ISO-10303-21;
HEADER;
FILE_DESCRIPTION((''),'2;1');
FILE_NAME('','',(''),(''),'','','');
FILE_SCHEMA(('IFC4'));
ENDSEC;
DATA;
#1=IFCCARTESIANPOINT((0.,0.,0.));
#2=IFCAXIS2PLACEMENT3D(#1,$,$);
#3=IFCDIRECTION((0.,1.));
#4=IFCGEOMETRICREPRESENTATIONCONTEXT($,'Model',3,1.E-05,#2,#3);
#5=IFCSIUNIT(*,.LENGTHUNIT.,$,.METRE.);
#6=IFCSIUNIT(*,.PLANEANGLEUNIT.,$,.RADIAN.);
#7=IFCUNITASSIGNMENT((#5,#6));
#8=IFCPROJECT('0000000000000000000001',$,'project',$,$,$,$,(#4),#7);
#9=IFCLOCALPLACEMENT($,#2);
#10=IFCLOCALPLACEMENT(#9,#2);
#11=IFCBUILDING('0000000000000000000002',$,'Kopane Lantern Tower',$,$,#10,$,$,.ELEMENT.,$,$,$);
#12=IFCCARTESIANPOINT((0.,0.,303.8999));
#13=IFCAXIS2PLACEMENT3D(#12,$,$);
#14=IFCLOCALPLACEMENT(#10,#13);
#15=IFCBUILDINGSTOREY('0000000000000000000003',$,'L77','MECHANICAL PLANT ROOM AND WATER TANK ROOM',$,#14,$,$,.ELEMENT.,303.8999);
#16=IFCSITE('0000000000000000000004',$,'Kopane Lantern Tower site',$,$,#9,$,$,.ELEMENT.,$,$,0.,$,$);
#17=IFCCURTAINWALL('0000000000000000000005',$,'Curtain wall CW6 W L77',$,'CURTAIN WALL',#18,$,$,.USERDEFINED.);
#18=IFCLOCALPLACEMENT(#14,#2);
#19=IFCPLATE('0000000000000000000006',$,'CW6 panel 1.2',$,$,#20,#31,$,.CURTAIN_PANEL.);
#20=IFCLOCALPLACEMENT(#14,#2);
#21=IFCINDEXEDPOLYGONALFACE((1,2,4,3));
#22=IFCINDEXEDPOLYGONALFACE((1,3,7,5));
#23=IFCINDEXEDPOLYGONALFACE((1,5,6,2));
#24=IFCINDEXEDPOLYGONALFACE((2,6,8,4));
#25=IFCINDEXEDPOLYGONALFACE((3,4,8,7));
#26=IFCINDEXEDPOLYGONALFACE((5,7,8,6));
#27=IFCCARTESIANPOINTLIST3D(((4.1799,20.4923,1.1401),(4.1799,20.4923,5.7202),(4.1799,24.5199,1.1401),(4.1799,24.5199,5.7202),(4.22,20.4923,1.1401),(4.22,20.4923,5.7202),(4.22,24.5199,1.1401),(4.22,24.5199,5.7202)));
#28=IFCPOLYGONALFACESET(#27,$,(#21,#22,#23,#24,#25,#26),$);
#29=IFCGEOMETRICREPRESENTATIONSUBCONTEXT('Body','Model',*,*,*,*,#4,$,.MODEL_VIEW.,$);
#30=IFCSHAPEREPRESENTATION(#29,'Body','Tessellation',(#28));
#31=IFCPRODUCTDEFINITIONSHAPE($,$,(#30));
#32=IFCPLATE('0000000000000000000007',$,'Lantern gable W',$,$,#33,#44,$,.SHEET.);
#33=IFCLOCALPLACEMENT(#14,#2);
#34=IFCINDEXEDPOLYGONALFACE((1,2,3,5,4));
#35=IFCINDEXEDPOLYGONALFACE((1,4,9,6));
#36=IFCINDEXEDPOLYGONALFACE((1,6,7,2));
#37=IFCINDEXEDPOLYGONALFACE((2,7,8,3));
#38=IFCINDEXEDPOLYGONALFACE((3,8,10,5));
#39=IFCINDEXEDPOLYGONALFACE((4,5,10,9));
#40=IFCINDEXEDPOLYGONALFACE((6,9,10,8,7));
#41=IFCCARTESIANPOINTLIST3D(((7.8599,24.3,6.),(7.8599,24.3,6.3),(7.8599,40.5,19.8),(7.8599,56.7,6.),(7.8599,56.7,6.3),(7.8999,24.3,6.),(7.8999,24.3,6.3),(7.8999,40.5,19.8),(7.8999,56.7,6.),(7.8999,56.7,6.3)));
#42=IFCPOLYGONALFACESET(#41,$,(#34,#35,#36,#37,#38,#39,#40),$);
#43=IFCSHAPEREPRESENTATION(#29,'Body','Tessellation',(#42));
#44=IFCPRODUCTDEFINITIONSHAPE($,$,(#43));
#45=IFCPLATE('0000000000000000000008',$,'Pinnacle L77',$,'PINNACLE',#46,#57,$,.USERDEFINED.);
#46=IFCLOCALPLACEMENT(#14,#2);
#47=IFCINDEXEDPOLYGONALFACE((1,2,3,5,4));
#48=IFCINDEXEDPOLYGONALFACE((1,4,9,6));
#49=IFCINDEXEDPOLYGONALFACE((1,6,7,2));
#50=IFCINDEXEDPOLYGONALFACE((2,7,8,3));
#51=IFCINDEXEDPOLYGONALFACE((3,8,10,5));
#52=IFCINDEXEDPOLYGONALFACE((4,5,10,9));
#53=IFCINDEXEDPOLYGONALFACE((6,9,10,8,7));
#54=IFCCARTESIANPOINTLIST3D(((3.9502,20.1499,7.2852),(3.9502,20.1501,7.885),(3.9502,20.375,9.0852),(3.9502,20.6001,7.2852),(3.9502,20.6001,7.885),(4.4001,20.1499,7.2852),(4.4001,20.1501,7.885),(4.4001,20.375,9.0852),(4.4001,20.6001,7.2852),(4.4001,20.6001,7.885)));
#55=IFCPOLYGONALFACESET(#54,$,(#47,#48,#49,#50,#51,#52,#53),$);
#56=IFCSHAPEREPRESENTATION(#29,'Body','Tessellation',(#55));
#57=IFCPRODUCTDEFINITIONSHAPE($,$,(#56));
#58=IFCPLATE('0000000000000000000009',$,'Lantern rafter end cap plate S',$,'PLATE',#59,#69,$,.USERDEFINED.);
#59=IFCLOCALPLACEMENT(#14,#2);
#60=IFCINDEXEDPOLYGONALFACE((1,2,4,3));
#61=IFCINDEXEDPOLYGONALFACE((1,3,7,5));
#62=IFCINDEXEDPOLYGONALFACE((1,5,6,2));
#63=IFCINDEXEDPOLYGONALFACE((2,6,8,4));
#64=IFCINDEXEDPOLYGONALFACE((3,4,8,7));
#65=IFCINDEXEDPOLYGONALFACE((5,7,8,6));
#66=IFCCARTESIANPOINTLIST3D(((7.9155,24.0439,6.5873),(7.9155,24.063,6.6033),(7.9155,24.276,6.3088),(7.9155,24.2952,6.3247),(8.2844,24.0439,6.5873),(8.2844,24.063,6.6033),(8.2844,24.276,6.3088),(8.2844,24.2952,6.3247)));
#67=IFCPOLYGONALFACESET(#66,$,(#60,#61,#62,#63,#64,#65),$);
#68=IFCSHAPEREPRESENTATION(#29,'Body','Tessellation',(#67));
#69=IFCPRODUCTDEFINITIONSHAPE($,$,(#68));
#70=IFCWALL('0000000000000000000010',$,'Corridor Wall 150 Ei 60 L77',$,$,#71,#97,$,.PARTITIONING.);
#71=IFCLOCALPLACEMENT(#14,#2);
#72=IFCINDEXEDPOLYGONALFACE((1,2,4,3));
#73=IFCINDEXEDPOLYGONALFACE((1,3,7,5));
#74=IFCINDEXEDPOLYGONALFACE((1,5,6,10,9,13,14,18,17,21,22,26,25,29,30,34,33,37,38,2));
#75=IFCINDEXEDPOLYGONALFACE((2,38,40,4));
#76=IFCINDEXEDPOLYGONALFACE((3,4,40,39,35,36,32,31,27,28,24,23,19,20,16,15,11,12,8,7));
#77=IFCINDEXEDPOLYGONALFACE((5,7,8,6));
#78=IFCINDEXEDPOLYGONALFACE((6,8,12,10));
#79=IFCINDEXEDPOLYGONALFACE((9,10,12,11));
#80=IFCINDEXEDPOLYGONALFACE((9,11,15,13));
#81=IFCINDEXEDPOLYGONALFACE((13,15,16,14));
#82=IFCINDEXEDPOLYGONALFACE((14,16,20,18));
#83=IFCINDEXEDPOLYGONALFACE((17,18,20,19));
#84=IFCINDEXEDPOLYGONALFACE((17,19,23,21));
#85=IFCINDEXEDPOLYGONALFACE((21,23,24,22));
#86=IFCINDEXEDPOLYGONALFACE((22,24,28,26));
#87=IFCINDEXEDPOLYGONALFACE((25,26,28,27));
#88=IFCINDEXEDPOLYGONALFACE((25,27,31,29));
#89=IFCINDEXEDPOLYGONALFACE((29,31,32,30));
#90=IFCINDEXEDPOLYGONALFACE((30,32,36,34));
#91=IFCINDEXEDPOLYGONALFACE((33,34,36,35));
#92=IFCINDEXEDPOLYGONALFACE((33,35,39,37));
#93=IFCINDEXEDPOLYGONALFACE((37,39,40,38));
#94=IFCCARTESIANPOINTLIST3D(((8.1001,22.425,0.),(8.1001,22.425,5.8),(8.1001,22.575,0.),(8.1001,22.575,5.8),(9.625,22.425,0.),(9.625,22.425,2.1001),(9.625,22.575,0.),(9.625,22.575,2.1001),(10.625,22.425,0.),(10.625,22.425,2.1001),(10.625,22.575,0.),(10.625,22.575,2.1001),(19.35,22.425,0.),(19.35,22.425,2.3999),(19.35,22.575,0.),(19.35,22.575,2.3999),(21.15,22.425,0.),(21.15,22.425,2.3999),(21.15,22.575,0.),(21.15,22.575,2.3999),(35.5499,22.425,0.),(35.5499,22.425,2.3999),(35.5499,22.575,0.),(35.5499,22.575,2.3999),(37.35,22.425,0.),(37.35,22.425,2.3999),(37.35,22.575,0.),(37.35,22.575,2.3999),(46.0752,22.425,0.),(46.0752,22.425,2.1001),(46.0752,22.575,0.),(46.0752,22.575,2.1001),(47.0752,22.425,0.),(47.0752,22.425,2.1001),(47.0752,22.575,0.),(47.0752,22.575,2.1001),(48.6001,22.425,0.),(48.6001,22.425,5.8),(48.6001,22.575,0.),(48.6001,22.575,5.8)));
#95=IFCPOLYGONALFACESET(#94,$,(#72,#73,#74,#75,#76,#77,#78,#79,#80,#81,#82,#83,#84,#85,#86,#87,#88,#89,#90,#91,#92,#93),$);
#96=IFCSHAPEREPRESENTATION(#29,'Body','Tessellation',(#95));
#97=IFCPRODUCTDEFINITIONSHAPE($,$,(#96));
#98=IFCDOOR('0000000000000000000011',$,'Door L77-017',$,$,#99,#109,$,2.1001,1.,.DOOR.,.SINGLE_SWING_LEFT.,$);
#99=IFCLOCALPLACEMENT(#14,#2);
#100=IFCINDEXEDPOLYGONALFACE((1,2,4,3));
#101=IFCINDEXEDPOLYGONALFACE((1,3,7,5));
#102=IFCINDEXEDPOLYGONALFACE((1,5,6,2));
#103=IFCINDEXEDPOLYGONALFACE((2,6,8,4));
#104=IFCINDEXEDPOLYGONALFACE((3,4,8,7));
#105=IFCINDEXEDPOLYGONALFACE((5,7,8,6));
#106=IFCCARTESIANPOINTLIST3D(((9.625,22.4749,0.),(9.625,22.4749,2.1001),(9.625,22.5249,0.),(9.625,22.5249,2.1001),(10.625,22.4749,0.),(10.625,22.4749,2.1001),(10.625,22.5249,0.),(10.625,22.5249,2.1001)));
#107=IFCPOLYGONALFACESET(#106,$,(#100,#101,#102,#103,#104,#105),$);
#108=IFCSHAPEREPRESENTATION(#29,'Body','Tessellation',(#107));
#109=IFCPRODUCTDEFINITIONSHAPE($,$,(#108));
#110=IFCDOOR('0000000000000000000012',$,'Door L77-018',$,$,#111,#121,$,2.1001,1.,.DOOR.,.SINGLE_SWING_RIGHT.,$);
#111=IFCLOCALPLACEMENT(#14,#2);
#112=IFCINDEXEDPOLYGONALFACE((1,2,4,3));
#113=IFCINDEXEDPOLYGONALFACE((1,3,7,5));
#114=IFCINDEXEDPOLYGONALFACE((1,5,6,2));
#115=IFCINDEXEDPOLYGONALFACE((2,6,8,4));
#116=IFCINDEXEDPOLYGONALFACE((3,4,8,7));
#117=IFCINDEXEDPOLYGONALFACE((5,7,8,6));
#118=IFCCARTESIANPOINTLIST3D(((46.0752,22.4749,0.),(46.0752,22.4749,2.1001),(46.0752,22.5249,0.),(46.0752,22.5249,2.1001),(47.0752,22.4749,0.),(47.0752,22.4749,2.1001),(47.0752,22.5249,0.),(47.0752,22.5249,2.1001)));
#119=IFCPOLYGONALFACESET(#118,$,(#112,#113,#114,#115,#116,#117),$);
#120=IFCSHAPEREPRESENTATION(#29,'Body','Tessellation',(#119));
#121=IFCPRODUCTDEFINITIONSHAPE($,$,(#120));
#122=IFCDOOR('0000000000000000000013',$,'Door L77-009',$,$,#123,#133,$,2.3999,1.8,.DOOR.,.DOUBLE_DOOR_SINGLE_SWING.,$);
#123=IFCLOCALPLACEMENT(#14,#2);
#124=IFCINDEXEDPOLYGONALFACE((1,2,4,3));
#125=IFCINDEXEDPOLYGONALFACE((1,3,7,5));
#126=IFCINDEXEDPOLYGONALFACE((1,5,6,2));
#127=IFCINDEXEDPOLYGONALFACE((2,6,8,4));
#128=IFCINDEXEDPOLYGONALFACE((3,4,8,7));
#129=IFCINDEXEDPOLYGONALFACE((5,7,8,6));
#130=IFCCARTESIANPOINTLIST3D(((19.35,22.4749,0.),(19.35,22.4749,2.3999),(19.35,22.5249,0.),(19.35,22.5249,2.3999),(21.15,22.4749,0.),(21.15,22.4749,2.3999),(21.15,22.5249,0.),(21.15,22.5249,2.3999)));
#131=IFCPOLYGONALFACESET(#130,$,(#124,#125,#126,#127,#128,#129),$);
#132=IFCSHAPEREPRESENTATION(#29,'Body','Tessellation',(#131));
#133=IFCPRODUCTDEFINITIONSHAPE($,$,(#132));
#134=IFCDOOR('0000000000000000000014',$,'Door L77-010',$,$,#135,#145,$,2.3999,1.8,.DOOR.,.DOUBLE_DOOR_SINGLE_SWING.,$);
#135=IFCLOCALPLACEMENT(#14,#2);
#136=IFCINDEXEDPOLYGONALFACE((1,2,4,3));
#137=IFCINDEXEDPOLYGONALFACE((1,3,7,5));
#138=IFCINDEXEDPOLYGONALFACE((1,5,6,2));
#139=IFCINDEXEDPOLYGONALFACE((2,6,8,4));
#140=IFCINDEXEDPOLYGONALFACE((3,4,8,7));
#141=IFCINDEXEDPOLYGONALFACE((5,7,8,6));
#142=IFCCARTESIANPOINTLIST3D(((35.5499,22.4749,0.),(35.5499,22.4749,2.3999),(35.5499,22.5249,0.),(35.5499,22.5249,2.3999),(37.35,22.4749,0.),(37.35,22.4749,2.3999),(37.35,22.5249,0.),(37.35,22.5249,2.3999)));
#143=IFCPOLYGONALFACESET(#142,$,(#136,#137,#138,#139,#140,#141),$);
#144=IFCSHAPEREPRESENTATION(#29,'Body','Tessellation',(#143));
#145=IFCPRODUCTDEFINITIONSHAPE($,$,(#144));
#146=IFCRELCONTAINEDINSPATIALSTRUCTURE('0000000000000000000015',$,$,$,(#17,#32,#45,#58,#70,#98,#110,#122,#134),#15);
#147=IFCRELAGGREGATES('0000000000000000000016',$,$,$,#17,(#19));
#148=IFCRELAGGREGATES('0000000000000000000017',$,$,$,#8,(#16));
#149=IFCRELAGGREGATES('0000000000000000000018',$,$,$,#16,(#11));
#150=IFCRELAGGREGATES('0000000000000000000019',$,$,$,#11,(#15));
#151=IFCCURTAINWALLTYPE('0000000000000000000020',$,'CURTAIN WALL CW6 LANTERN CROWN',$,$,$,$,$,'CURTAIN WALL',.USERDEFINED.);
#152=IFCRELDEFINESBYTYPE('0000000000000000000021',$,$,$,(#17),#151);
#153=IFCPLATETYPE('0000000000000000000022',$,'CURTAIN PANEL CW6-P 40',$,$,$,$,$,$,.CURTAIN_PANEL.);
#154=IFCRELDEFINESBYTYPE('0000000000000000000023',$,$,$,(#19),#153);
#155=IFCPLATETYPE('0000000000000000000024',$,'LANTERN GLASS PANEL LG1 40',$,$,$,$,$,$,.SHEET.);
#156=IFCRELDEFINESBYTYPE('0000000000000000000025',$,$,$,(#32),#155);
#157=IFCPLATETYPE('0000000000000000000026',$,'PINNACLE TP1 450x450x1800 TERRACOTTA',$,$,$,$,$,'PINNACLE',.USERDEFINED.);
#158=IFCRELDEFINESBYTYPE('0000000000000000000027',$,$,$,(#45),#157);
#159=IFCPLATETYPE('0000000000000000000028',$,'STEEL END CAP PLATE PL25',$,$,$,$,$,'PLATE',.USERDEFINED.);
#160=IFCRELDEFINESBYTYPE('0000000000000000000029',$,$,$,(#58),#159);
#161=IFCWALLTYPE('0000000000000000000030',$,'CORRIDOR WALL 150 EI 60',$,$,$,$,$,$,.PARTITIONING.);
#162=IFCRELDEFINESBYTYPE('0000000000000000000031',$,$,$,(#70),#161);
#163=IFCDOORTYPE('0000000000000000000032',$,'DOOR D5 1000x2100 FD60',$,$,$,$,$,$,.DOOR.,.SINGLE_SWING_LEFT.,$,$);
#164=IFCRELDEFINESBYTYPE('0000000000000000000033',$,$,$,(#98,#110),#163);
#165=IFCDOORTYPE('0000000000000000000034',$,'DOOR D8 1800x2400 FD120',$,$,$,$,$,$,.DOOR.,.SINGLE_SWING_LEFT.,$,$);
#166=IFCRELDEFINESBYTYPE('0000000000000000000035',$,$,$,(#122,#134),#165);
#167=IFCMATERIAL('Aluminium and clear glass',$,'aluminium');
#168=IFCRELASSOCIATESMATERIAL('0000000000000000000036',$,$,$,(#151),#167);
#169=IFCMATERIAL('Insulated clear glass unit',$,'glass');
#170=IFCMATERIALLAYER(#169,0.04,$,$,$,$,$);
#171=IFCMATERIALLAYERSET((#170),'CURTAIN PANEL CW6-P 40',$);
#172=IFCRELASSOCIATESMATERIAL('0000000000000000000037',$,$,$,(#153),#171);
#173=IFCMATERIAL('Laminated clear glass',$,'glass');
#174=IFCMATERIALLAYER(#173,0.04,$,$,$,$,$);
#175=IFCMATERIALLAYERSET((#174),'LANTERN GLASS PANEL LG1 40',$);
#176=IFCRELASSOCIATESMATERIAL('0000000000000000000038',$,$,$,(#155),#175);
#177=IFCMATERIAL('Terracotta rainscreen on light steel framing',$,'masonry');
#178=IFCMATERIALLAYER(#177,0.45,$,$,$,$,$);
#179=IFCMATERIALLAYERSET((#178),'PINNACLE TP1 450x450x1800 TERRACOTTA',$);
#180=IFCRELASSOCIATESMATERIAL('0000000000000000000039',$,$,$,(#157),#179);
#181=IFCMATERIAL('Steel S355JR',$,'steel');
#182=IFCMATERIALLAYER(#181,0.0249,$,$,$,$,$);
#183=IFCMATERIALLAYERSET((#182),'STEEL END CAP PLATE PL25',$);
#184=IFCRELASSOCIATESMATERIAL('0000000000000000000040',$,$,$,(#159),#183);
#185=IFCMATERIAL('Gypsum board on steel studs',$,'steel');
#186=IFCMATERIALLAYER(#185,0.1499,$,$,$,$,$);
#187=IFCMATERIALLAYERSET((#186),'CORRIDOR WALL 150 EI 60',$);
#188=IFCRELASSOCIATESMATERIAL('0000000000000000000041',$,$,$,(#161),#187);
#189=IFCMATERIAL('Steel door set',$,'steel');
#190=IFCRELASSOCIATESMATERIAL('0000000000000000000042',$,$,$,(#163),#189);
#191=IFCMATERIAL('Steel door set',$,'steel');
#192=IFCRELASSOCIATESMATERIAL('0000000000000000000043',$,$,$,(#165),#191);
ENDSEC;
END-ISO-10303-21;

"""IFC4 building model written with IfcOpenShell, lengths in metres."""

from ifc_helpers import new_model, si_unit, direction, frame, frame_2d, origin, origin_2d, place, context, subcontext, project, spatial, polyline, rectangle, outline, extrude, material, layer, layer_set, type_object, element, fill, aggregate, save


model = new_model("IFC4")

# Units and contexts
model_context = context("Model", 3, precision=1e-05, world=origin(), true_north=direction((0.0, 1.0)))
body_context = subcontext(model_context, "Body", "Model", "MODEL_VIEW")
ifc_project = project(units=[si_unit("LENGTHUNIT", "METRE"), si_unit("PLANEANGLEUNIT", "RADIAN")], contexts=[model_context])

# Site, building, storey
site_placement = place(None, origin())
site = spatial("IfcSite", under=ifc_project, at=site_placement, Name="Kopane Lantern Tower site", CompositionType="ELEMENT", RefElevation=0.0)
building_placement = place(site_placement, origin())
building = spatial("IfcBuilding", under=site, at=building_placement, Name="Kopane Lantern Tower", CompositionType="ELEMENT")
storey_placement = place(building_placement, frame((0.0, 0.0, 303.8999)))
storey = spatial("IfcBuildingStorey", under=building, at=storey_placement, Name="L77", Description="MECHANICAL PLANT ROOM AND WATER TANK ROOM", CompositionType="ELEMENT", Elevation=303.8999)

# Curtain wall
ifc_material_1 = material(Name="Aluminium and clear glass", Category="aluminium")
curtain_wall_type = type_object("IfcCurtainWallType", Name="CURTAIN WALL CW6 LANTERN CROWN", ElementType="CURTAIN WALL", PredefinedType="USERDEFINED", material=ifc_material_1)
curtain_wall_1_placement = place(storey_placement, origin())
curtain_wall_1 = element("IfcCurtainWall", 1, at=curtain_wall_1_placement, inside=storey, type_object=curtain_wall_type, Name="Curtain wall CW6 W L77", ObjectType="CURTAIN WALL", PredefinedType="USERDEFINED")

# Plate
ifc_material_2 = material(Name="Insulated clear glass unit", Category="glass")
ifc_layer_1 = layer(ifc_material_2, 0.04)
ifc_layer_set_1 = layer_set([ifc_layer_1], Name="CURTAIN PANEL CW6-P 40")
plate_type_1 = type_object("IfcPlateType", Name="CURTAIN PANEL CW6-P 40", PredefinedType="CURTAIN_PANEL", material=ifc_layer_set_1)
plate_1_placement = place(storey_placement, frame((4.2, 22.5061, 1.1401), z_axis=(0.0, 0.0, 1.0), x_axis=(0.0, -1.0, 0.0)))
plate_1 = element("IfcPlate", 2, at=plate_1_placement, type_object=plate_type_1, Name="CW6 panel 1.2", PredefinedType="CURTAIN_PANEL", context=body_context, shape_type="SweptSolid", body=[
    extrude(rectangle(XDim=4.0276, YDim=0.04, at=origin_2d()), origin(), (0.0, 0.0, 1.0), 4.5801),
])
aggregate(curtain_wall_1, [plate_1])

# Plates
ifc_material_3 = material(Name="Laminated clear glass", Category="glass")
ifc_layer_2 = layer(ifc_material_3, 0.04)
ifc_layer_set_2 = layer_set([ifc_layer_2], Name="LANTERN GLASS PANEL LG1 40")
plate_type_2 = type_object("IfcPlateType", Name="LANTERN GLASS PANEL LG1 40", PredefinedType="SHEET", material=ifc_layer_set_2)
plate_2_placement = place(storey_placement, frame((7.8799, 24.3, 6.0), z_axis=(0.0, 0.0, 1.0), x_axis=(0.0, 1.0, 0.0)))
element("IfcPlate", 3, at=plate_2_placement, inside=storey, type_object=plate_type_2, Name="Lantern gable W", PredefinedType="SHEET", context=body_context, shape_type="SweptSolid", body=[
    extrude(outline(polyline([(0.0, 0.0), (32.3999, 0.0), (32.3999, 0.3), (16.2, 13.8), (0.0, 0.3), (0.0, 0.0)])), frame((0.0, 0.02, 0.0), z_axis=(0.0, -1.0, 0.0), x_axis=(1.0, 0.0, 0.0)), (0.0, 0.0, 1.0), 0.04),
])
ifc_material_4 = material(Name="Terracotta rainscreen on light steel framing", Category="masonry")
ifc_layer_3 = layer(ifc_material_4, 0.45)
ifc_layer_set_3 = layer_set([ifc_layer_3], Name="PINNACLE TP1 450x450x1800 TERRACOTTA")
plate_type_3 = type_object("IfcPlateType", Name="PINNACLE TP1 450x450x1800 TERRACOTTA", ElementType="PINNACLE", PredefinedType="USERDEFINED", material=ifc_layer_set_3)
plate_3_placement = place(storey_placement, frame((4.175, 20.6001, 7.2852), z_axis=(0.0, 0.0, 1.0), x_axis=(0.0, -1.0, 0.0)))
element("IfcPlate", 4, at=plate_3_placement, inside=storey, type_object=plate_type_3, Name="Pinnacle L77", ObjectType="PINNACLE", PredefinedType="USERDEFINED", context=body_context, shape_type="SweptSolid", body=[
    extrude(outline(polyline([(0.0, 0.0), (0.4502, 0.0), (0.45, 0.5999), (0.2251, 1.8), (0.0, 0.5999), (0.0, 0.0)])), frame((0.0, 0.2251, 0.0), z_axis=(0.0, -1.0, 0.0), x_axis=(1.0, 0.0, 0.0)), (0.0, 0.0, 1.0), 0.45),
])
ifc_material_5 = material(Name="Steel S355JR", Category="steel")
ifc_layer_4 = layer(ifc_material_5, 0.0249)
ifc_layer_set_4 = layer_set([ifc_layer_4], Name="STEEL END CAP PLATE PL25")
plate_type_4 = type_object("IfcPlateType", Name="STEEL END CAP PLATE PL25", ElementType="PLATE", PredefinedType="USERDEFINED", material=ifc_layer_set_4)
plate_4_placement = place(storey_placement, frame((7.9155, 24.063, 6.6033), z_axis=(0.0, 0.768166, 0.640251), x_axis=(1.0, 0.0, 0.0)))
element("IfcPlate", 5, at=plate_4_placement, inside=storey, type_object=plate_type_4, Name="Lantern rafter end cap plate S", ObjectType="PLATE", PredefinedType="USERDEFINED", context=body_context, shape_type="SweptSolid", body=[
    extrude(outline(polyline([(0.0, 0.0), (0.3689, 0.0), (0.3689, 0.3626), (0.0, 0.3626), (0.0, 0.0)])), origin(), (0.0, 0.0, -1.0), 0.0249),
])

# Wall, openings, doors
ifc_material_6 = material(Name="Gypsum board on steel studs", Category="steel")
ifc_layer_5 = layer(ifc_material_6, 0.1499)
ifc_layer_set_5 = layer_set([ifc_layer_5], Name="CORRIDOR WALL 150 EI 60")
wall_type_1 = type_object("IfcWallType", Name="CORRIDOR WALL 150 EI 60", PredefinedType="PARTITIONING", material=ifc_layer_set_5)
wall_1_placement = place(storey_placement, frame((8.1001, 22.5, 0.0), z_axis=(0.0, 0.0, 1.0), x_axis=(1.0, 0.0, 0.0)))
wall_1 = element("IfcWall", 6, at=wall_1_placement, inside=storey, type_object=wall_type_1, Name="Corridor Wall 150 Ei 60 L77", PredefinedType="PARTITIONING", context=body_context, shape_type="SweptSolid", body=[
    extrude(rectangle(XDim=40.5, YDim=0.1499, at=frame_2d((20.25, 0.0))), origin(), (0.0, 0.0, 1.0), 5.8),
])
opening_1_placement = place(wall_1_placement, frame((11.25, 0.0, 0.0)))
opening_1 = element("IfcOpeningElement", 7, at=opening_1_placement, cuts=wall_1, PredefinedType="OPENING", context=body_context, shape_type="SweptSolid", body=[
    extrude(rectangle(XDim=1.8, YDim=2.3999, at=frame_2d((0.8999, 1.2))), frame((0.0, 0.085, 0.0), z_axis=(0.0, -1.0, 0.0), x_axis=(1.0, 0.0, 0.0)), (0.0, 0.0, 1.0), 0.1699),
])
opening_2_placement = place(wall_1_placement, frame((27.45, 0.0, 0.0)))
opening_2 = element("IfcOpeningElement", 8, at=opening_2_placement, cuts=wall_1, PredefinedType="OPENING", context=body_context, shape_type="SweptSolid", body=[
    extrude(rectangle(XDim=1.8, YDim=2.3999, at=frame_2d((0.8999, 1.2))), frame((0.0, 0.085, 0.0), z_axis=(0.0, -1.0, 0.0), x_axis=(1.0, 0.0, 0.0)), (0.0, 0.0, 1.0), 0.1699),
])
opening_3_placement = place(wall_1_placement, frame((1.5249, 0.0, 0.0)))
opening_3 = element("IfcOpeningElement", 9, at=opening_3_placement, cuts=wall_1, PredefinedType="OPENING", context=body_context, shape_type="SweptSolid", body=[
    extrude(rectangle(XDim=1.0, YDim=2.1001, at=frame_2d((0.5, 1.05))), frame((0.0, 0.085, 0.0), z_axis=(0.0, -1.0, 0.0), x_axis=(1.0, 0.0, 0.0)), (0.0, 0.0, 1.0), 0.1699),
])
opening_4_placement = place(wall_1_placement, frame((37.9751, 0.0, 0.0)))
opening_4 = element("IfcOpeningElement", 10, at=opening_4_placement, cuts=wall_1, PredefinedType="OPENING", context=body_context, shape_type="SweptSolid", body=[
    extrude(rectangle(XDim=1.0, YDim=2.1001, at=frame_2d((0.5, 1.05))), frame((0.0, 0.085, 0.0), z_axis=(0.0, -1.0, 0.0), x_axis=(1.0, 0.0, 0.0)), (0.0, 0.0, 1.0), 0.1699),
])
ifc_material_7 = material(Name="Steel door set", Category="steel")
door_type_1 = type_object("IfcDoorType", Name="DOOR D5 1000x2100 FD60", OperationType="SINGLE_SWING_LEFT", PredefinedType="DOOR", material=ifc_material_7)
door_1_placement = place(opening_3_placement, origin())
door_1 = element("IfcDoor", 11, at=door_1_placement, inside=storey, type_object=door_type_1, Name="Door L77-017", OperationType="SINGLE_SWING_LEFT", OverallHeight=2.1001, OverallWidth=1.0, PredefinedType="DOOR", context=body_context, shape_type="SweptSolid", body=[
    extrude(rectangle(XDim=1.0, YDim=2.1001, at=frame_2d((0.5, 1.05))), frame((0.0, 0.0249, 0.0), z_axis=(0.0, -1.0, 0.0), x_axis=(1.0, 0.0, 0.0)), (0.0, 0.0, 1.0), 0.05),
])
fill(opening_3, door_1)
door_2_placement = place(opening_4_placement, origin())
door_2 = element("IfcDoor", 12, at=door_2_placement, inside=storey, type_object=door_type_1, Name="Door L77-018", OperationType="SINGLE_SWING_RIGHT", OverallHeight=2.1001, OverallWidth=1.0, PredefinedType="DOOR", context=body_context, shape_type="SweptSolid", body=[
    extrude(rectangle(XDim=1.0, YDim=2.1001, at=frame_2d((0.5, 1.05))), frame((0.0, 0.0249, 0.0), z_axis=(0.0, -1.0, 0.0), x_axis=(1.0, 0.0, 0.0)), (0.0, 0.0, 1.0), 0.05),
])
fill(opening_4, door_2)
ifc_material_8 = material(Name="Steel door set", Category="steel")
door_type_2 = type_object("IfcDoorType", Name="DOOR D8 1800x2400 FD120", OperationType="SINGLE_SWING_LEFT", PredefinedType="DOOR", material=ifc_material_8)
door_3_placement = place(opening_1_placement, origin())
door_3 = element("IfcDoor", 13, at=door_3_placement, inside=storey, type_object=door_type_2, Name="Door L77-009", OperationType="DOUBLE_DOOR_SINGLE_SWING", OverallHeight=2.3999, OverallWidth=1.8, PredefinedType="DOOR", context=body_context, shape_type="SweptSolid", body=[
    extrude(rectangle(XDim=1.8, YDim=2.3999, at=frame_2d((0.8999, 1.2))), frame((0.0, 0.0249, 0.0), z_axis=(0.0, -1.0, 0.0), x_axis=(1.0, 0.0, 0.0)), (0.0, 0.0, 1.0), 0.05),
])
fill(opening_1, door_3)
door_4_placement = place(opening_2_placement, origin())
door_4 = element("IfcDoor", 14, at=door_4_placement, inside=storey, type_object=door_type_2, Name="Door L77-010", OperationType="DOUBLE_DOOR_SINGLE_SWING", OverallHeight=2.3999, OverallWidth=1.8, PredefinedType="DOOR", context=body_context, shape_type="SweptSolid", body=[
    extrude(rectangle(XDim=1.8, YDim=2.3999, at=frame_2d((0.8999, 1.2))), frame((0.0, 0.0249, 0.0), z_axis=(0.0, -1.0, 0.0), x_axis=(1.0, 0.0, 0.0)), (0.0, 0.0, 1.0), 0.05),
])
fill(opening_2, door_4)

save(model, "model.ifc")
